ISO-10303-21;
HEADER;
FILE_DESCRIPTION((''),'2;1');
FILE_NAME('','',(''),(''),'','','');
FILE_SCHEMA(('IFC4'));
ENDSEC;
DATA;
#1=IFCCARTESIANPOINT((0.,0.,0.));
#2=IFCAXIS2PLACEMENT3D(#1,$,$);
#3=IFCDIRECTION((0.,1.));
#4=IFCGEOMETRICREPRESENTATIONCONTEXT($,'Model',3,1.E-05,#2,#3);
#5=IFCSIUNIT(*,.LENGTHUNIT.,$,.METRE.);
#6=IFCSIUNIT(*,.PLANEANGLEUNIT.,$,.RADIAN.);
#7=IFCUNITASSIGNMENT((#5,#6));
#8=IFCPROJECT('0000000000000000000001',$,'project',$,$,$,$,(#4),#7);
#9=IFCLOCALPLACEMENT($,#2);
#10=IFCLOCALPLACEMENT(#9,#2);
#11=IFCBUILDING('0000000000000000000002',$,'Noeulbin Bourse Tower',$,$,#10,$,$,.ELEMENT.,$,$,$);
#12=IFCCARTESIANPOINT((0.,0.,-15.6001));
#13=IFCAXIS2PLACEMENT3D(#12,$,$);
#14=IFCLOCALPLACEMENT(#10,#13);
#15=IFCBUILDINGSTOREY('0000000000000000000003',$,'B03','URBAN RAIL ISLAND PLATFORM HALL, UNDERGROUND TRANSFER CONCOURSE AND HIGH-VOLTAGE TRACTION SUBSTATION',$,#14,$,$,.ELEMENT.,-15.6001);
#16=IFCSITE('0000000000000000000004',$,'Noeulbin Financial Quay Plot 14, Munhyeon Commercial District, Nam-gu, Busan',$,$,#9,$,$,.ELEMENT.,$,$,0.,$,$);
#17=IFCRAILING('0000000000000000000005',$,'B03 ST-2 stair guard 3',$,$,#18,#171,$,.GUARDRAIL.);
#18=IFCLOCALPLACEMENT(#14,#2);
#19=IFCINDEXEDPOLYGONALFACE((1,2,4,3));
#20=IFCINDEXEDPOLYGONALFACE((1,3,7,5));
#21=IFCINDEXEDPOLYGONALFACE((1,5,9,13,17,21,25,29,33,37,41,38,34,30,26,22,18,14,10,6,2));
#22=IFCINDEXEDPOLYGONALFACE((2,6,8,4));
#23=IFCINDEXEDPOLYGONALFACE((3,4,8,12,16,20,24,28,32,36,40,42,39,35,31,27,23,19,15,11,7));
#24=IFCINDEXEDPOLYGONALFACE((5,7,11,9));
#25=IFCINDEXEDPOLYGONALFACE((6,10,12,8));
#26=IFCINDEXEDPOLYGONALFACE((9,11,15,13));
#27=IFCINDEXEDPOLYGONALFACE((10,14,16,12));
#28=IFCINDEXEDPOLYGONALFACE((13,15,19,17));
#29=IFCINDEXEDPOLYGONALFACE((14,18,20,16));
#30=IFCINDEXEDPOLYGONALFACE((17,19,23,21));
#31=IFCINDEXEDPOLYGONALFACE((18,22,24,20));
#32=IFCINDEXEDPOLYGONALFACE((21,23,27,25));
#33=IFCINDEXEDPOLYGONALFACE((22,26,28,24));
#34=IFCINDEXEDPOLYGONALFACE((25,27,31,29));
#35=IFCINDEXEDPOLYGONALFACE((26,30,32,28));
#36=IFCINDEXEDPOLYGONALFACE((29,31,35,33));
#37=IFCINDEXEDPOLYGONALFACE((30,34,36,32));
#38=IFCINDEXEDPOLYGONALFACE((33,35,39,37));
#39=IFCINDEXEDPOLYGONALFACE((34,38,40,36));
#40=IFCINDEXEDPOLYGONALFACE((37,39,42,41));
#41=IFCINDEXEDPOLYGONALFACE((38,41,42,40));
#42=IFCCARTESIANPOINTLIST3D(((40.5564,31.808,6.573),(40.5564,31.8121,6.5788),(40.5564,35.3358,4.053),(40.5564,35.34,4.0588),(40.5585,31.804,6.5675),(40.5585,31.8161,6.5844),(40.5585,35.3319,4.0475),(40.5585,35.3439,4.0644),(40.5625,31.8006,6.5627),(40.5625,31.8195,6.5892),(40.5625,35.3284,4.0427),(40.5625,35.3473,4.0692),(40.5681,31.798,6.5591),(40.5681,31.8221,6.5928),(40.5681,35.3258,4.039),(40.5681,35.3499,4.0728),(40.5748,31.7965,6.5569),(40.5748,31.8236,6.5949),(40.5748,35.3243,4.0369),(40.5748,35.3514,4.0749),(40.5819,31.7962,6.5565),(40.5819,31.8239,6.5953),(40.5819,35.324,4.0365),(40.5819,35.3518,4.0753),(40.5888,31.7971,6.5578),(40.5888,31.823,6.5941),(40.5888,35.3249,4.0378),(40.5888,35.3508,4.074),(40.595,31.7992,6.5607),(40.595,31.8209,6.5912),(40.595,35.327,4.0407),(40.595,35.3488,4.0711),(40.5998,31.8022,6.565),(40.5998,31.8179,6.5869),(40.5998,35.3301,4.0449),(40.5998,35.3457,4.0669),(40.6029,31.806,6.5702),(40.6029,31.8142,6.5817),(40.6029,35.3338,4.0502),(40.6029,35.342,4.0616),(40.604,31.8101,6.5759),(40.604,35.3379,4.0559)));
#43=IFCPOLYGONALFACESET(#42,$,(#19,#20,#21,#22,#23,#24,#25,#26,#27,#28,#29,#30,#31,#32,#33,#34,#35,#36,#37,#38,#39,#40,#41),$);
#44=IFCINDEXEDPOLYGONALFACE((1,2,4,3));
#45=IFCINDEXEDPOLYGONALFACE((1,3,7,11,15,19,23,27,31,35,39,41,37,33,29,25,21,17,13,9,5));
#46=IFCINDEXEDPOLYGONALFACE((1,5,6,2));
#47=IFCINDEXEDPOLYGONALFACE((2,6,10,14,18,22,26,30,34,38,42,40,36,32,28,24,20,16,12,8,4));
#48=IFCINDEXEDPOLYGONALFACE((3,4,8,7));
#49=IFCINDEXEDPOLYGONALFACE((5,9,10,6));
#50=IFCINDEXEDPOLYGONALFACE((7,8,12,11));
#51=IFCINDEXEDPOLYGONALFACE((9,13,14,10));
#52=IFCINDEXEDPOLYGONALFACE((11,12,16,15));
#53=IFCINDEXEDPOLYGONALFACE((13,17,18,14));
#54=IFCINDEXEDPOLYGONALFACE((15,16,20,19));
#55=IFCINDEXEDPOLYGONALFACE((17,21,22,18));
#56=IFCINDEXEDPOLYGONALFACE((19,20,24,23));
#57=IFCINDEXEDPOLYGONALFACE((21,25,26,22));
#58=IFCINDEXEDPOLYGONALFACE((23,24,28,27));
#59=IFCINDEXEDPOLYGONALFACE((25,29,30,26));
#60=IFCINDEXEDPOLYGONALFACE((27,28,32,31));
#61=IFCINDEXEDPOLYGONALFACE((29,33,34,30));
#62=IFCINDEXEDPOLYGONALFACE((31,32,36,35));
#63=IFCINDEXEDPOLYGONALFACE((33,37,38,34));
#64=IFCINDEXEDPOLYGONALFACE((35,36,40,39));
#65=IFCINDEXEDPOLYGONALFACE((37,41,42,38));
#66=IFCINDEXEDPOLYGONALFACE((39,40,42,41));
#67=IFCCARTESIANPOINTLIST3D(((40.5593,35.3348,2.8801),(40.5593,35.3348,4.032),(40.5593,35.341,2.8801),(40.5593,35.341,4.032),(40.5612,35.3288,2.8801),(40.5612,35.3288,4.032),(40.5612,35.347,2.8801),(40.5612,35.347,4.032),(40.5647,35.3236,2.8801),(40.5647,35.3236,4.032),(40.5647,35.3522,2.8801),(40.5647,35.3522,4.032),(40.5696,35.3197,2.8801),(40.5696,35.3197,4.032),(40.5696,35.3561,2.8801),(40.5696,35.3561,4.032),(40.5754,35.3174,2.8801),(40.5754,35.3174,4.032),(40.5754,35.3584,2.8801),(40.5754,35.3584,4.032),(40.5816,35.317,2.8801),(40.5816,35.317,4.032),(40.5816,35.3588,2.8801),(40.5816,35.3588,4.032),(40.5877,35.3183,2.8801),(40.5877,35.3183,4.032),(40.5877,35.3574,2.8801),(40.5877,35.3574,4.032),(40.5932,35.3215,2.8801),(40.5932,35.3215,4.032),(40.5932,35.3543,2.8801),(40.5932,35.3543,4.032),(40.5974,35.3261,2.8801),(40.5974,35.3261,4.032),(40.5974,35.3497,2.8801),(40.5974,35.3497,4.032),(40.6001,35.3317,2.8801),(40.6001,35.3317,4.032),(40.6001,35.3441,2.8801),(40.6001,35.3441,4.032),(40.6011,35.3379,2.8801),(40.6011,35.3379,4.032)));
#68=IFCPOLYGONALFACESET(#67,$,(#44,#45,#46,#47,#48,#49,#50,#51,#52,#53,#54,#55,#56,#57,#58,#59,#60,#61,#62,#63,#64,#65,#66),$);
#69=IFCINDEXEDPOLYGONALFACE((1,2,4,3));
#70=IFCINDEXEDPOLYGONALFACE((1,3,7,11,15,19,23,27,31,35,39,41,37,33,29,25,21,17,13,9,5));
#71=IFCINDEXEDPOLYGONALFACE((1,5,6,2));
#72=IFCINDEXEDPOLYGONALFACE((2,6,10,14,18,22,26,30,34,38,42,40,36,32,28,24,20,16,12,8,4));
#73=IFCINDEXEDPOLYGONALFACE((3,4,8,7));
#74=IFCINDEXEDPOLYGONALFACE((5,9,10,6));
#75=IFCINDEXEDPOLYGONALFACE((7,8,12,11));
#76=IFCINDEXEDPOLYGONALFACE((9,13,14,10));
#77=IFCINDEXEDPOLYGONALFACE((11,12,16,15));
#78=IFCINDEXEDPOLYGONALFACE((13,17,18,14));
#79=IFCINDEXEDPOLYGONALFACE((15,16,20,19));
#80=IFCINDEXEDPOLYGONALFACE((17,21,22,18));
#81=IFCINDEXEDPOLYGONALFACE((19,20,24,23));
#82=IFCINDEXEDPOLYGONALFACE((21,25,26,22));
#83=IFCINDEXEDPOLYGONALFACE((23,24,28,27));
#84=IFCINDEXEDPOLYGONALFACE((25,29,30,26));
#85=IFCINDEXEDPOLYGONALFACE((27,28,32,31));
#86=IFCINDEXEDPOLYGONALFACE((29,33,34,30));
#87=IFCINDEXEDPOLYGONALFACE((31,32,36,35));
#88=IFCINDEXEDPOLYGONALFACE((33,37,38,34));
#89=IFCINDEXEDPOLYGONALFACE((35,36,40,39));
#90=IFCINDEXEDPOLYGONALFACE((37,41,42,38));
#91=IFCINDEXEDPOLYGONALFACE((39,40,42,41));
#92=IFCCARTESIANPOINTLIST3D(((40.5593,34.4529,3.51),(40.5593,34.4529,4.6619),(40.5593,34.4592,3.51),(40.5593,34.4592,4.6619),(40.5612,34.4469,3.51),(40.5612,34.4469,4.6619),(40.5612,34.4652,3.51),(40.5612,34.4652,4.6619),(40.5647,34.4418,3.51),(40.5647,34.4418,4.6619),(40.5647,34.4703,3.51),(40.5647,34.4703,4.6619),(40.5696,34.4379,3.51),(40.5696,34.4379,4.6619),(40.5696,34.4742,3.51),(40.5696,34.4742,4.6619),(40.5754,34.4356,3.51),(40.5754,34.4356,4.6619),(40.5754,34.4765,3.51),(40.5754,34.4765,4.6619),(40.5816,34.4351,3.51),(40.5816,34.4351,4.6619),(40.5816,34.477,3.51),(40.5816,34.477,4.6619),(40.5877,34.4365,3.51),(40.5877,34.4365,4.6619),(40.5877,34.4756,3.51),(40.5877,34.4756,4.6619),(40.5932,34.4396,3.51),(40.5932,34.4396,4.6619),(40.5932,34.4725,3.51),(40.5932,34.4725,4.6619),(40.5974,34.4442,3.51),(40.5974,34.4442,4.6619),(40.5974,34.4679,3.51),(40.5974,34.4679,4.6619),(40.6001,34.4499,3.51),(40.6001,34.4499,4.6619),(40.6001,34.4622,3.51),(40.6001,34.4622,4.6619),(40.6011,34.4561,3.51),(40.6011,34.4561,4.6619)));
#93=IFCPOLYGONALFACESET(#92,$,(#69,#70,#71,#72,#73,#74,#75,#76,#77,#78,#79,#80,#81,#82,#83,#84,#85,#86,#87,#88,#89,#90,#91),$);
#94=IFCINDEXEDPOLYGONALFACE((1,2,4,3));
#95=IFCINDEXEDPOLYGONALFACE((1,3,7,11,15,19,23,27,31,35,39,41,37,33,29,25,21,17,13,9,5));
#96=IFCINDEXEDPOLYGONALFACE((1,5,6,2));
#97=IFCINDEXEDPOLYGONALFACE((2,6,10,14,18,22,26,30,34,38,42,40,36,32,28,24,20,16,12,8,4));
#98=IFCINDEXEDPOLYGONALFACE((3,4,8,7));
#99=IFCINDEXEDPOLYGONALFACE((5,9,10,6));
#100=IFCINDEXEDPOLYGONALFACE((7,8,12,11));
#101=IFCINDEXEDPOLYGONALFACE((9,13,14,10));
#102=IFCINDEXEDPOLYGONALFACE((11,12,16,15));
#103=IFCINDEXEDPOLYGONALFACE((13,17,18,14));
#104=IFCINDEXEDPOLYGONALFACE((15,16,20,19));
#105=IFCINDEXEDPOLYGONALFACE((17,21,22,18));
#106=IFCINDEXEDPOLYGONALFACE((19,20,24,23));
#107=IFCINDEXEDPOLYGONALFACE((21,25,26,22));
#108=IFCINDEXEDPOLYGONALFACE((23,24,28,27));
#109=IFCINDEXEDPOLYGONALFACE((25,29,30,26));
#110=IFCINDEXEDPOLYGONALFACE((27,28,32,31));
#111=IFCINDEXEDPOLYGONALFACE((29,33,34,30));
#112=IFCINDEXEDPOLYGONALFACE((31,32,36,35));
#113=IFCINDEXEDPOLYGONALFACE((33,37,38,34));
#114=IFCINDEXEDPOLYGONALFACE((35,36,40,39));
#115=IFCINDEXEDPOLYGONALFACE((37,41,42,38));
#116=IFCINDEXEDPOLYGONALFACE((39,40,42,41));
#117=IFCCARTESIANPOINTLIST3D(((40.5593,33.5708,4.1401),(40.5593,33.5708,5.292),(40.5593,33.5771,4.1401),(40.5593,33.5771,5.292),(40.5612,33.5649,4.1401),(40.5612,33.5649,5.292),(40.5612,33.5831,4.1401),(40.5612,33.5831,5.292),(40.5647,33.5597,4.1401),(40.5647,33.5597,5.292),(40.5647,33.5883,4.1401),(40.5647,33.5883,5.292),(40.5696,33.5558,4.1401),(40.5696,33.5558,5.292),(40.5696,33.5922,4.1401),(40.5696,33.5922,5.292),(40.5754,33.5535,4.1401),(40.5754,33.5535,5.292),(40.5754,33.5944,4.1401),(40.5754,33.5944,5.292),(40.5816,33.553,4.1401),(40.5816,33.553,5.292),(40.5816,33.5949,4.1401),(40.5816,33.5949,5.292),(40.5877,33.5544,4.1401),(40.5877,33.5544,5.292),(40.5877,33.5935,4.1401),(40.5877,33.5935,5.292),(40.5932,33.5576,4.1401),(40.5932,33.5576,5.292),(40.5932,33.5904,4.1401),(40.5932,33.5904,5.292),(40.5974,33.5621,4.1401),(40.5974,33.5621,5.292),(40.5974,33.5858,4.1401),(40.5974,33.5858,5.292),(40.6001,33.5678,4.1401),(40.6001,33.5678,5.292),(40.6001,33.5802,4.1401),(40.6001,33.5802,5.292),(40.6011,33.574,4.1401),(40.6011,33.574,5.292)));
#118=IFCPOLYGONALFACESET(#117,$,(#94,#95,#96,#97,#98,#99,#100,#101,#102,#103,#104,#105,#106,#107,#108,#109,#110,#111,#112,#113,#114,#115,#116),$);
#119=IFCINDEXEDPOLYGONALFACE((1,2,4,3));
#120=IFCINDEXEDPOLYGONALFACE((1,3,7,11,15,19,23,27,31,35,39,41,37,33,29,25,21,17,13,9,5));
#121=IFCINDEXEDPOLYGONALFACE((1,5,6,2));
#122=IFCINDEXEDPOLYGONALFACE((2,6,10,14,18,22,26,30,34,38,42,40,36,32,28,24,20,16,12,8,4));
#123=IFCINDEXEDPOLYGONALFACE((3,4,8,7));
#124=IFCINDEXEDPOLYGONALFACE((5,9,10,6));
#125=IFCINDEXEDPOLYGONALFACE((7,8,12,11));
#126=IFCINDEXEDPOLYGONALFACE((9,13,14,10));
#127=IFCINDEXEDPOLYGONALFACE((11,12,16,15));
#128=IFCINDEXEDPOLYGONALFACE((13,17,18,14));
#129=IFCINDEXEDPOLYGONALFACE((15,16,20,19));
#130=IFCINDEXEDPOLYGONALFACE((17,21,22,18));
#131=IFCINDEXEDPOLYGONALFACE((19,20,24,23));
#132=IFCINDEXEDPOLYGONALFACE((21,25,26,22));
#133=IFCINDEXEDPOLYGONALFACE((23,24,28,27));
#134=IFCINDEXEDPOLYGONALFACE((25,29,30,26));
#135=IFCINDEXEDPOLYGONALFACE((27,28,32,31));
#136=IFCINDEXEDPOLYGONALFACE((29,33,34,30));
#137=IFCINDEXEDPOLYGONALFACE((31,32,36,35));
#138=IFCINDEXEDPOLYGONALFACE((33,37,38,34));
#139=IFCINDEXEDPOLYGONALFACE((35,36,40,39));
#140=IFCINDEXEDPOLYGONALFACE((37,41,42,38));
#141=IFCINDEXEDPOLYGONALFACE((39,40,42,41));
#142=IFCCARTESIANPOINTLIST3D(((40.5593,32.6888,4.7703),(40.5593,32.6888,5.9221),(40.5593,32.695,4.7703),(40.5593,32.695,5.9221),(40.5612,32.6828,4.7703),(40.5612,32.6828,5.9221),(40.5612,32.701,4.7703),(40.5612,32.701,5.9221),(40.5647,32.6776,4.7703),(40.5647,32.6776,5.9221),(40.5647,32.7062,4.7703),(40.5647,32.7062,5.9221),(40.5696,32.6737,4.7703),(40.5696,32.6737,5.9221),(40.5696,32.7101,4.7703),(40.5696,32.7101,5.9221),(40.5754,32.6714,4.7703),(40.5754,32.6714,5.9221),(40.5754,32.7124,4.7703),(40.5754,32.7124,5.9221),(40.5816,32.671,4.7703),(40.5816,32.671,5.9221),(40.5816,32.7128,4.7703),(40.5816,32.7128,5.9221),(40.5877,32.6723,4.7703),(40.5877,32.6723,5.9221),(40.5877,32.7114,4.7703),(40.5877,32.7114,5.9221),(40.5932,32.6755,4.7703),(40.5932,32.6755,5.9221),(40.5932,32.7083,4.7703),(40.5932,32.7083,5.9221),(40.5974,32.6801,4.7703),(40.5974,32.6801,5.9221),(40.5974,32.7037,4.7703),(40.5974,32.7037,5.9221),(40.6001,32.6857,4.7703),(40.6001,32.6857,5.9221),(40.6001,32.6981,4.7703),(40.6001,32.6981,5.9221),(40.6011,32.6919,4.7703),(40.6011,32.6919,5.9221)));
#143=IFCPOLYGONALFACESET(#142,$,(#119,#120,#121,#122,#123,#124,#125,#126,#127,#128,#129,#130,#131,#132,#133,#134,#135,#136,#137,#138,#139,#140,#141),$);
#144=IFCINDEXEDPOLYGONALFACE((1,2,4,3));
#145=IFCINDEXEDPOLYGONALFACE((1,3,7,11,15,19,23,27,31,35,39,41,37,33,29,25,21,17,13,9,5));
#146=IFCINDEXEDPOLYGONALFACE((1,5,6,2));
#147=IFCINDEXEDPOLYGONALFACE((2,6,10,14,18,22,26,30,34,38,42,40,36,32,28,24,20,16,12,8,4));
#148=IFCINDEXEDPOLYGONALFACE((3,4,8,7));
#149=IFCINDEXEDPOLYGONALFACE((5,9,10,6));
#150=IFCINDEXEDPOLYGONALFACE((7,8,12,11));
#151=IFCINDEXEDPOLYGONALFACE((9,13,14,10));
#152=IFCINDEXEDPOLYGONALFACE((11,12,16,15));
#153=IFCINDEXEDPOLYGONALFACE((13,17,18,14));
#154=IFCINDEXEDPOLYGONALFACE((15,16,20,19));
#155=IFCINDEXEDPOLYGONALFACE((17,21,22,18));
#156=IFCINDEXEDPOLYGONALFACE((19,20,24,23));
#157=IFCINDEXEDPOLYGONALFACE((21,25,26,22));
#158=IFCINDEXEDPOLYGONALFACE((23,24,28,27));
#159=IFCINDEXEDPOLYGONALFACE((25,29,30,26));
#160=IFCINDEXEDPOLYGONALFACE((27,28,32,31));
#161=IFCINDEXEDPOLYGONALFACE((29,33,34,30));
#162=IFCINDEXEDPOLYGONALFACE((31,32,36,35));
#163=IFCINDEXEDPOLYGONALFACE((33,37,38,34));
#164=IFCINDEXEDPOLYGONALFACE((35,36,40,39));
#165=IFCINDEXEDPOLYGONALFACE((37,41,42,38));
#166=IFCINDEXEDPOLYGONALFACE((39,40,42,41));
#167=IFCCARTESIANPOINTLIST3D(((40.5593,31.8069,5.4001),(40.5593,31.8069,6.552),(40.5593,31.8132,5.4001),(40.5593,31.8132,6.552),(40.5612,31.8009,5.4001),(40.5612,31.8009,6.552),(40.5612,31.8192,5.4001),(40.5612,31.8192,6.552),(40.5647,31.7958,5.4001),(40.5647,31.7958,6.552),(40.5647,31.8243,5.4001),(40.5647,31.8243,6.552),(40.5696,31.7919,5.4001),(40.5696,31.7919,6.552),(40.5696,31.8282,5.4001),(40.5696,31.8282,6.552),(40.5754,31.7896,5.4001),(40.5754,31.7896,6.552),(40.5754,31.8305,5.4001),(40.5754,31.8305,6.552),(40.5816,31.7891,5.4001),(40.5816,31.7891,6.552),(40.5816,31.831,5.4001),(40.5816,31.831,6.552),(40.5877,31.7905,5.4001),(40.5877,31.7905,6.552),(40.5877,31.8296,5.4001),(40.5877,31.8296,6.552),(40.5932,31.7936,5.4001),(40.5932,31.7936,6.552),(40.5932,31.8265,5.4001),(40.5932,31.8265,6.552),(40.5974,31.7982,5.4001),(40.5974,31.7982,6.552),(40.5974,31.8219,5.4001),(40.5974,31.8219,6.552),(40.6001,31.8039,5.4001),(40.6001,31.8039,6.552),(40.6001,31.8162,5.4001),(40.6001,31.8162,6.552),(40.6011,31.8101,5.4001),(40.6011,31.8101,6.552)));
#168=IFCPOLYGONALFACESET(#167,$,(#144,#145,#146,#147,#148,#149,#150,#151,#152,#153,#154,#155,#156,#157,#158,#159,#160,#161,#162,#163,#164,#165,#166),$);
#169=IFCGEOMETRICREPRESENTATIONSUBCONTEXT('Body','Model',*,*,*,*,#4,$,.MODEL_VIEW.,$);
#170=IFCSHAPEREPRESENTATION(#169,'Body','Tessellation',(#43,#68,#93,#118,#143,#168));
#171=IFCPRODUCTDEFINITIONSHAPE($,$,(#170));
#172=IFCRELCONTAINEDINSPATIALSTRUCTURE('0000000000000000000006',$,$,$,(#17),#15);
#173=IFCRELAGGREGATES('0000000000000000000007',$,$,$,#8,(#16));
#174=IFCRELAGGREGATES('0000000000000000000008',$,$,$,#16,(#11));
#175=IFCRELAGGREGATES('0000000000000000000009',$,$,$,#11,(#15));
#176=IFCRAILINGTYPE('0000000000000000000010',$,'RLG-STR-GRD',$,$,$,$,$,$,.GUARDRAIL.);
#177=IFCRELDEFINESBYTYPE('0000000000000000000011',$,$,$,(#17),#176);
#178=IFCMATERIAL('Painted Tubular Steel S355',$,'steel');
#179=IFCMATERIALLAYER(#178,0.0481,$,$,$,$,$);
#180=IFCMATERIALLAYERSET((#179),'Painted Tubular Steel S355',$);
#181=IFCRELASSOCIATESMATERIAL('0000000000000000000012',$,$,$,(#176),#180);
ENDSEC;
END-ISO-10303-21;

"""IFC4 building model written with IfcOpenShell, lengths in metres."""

from ifc_helpers import new_model, si_unit, direction, frame, origin, origin_2d, place, context, subcontext, project, spatial, circle, extrude, material, layer, layer_set, type_object, element, save


model = new_model("IFC4")

# Units and contexts
model_context = context("Model", 3, precision=1e-05, world=origin(), true_north=direction((0.0, 1.0)))
body_context = subcontext(model_context, "Body", "Model", "MODEL_VIEW")
ifc_project = project(units=[si_unit("LENGTHUNIT", "METRE"), si_unit("PLANEANGLEUNIT", "RADIAN")], contexts=[model_context])

# Site, building, storey
site_placement = place(None, origin())
site = spatial("IfcSite", under=ifc_project, at=site_placement, Name="Noeulbin Financial Quay Plot 14, Munhyeon Commercial District, Nam-gu, Busan", CompositionType="ELEMENT", RefElevation=0.0)
building_placement = place(site_placement, origin())
building = spatial("IfcBuilding", under=site, at=building_placement, Name="Noeulbin Bourse Tower", CompositionType="ELEMENT")
storey_placement = place(building_placement, frame((0.0, 0.0, -15.6001)))
storey = spatial("IfcBuildingStorey", under=building, at=storey_placement, Name="B03", Description="URBAN RAIL ISLAND PLATFORM HALL, UNDERGROUND TRANSFER CONCOURSE AND HIGH-VOLTAGE TRACTION SUBSTATION", CompositionType="ELEMENT", Elevation=-15.6001)

# Railing
ifc_material_1 = material(Name="Painted Tubular Steel S355", Category="steel")
ifc_layer_1 = layer(ifc_material_1, 0.0481)
ifc_layer_set_1 = layer_set([ifc_layer_1], Name="Painted Tubular Steel S355")
railing_type_1 = type_object("IfcRailingType", Name="RLG-STR-GRD", PredefinedType="GUARDRAIL", material=ifc_layer_set_1)
railing_1_placement = place(storey_placement, frame((40.5801, 35.3379, 2.8801)))
element("IfcRailing", 1, at=railing_1_placement, inside=storey, type_object=railing_type_1, Name="B03 ST-2 stair guard 3", PredefinedType="GUARDRAIL", context=body_context, shape_type="SweptSolid", body=[
    extrude(circle(Radius=0.0239, at=origin_2d()), frame((0.0, 0.0, 1.1758), z_axis=(0.0, -0.813718, 0.58126), x_axis=(1.0, 0.0, 0.0)), (0.0, 0.0, 1.0), 4.3354),
    extrude(circle(Radius=0.021, at=origin_2d()), origin(), (0.0, 0.0, 1.0), 1.1519),
    extrude(circle(Radius=0.021, at=origin_2d()), frame((0.0, -0.8818, 0.6299)), (0.0, 0.0, 1.0), 1.1519),
    extrude(circle(Radius=0.021, at=origin_2d()), frame((0.0, -1.7639, 1.26)), (0.0, 0.0, 1.0), 1.1519),
    extrude(circle(Radius=0.021, at=origin_2d()), frame((0.0, -2.646, 1.8901)), (0.0, 0.0, 1.0), 1.1519),
    extrude(circle(Radius=0.021, at=origin_2d()), frame((0.0, -3.5278, 2.52)), (0.0, 0.0, 1.0), 1.1519),
])

save(model, "model.ifc")
